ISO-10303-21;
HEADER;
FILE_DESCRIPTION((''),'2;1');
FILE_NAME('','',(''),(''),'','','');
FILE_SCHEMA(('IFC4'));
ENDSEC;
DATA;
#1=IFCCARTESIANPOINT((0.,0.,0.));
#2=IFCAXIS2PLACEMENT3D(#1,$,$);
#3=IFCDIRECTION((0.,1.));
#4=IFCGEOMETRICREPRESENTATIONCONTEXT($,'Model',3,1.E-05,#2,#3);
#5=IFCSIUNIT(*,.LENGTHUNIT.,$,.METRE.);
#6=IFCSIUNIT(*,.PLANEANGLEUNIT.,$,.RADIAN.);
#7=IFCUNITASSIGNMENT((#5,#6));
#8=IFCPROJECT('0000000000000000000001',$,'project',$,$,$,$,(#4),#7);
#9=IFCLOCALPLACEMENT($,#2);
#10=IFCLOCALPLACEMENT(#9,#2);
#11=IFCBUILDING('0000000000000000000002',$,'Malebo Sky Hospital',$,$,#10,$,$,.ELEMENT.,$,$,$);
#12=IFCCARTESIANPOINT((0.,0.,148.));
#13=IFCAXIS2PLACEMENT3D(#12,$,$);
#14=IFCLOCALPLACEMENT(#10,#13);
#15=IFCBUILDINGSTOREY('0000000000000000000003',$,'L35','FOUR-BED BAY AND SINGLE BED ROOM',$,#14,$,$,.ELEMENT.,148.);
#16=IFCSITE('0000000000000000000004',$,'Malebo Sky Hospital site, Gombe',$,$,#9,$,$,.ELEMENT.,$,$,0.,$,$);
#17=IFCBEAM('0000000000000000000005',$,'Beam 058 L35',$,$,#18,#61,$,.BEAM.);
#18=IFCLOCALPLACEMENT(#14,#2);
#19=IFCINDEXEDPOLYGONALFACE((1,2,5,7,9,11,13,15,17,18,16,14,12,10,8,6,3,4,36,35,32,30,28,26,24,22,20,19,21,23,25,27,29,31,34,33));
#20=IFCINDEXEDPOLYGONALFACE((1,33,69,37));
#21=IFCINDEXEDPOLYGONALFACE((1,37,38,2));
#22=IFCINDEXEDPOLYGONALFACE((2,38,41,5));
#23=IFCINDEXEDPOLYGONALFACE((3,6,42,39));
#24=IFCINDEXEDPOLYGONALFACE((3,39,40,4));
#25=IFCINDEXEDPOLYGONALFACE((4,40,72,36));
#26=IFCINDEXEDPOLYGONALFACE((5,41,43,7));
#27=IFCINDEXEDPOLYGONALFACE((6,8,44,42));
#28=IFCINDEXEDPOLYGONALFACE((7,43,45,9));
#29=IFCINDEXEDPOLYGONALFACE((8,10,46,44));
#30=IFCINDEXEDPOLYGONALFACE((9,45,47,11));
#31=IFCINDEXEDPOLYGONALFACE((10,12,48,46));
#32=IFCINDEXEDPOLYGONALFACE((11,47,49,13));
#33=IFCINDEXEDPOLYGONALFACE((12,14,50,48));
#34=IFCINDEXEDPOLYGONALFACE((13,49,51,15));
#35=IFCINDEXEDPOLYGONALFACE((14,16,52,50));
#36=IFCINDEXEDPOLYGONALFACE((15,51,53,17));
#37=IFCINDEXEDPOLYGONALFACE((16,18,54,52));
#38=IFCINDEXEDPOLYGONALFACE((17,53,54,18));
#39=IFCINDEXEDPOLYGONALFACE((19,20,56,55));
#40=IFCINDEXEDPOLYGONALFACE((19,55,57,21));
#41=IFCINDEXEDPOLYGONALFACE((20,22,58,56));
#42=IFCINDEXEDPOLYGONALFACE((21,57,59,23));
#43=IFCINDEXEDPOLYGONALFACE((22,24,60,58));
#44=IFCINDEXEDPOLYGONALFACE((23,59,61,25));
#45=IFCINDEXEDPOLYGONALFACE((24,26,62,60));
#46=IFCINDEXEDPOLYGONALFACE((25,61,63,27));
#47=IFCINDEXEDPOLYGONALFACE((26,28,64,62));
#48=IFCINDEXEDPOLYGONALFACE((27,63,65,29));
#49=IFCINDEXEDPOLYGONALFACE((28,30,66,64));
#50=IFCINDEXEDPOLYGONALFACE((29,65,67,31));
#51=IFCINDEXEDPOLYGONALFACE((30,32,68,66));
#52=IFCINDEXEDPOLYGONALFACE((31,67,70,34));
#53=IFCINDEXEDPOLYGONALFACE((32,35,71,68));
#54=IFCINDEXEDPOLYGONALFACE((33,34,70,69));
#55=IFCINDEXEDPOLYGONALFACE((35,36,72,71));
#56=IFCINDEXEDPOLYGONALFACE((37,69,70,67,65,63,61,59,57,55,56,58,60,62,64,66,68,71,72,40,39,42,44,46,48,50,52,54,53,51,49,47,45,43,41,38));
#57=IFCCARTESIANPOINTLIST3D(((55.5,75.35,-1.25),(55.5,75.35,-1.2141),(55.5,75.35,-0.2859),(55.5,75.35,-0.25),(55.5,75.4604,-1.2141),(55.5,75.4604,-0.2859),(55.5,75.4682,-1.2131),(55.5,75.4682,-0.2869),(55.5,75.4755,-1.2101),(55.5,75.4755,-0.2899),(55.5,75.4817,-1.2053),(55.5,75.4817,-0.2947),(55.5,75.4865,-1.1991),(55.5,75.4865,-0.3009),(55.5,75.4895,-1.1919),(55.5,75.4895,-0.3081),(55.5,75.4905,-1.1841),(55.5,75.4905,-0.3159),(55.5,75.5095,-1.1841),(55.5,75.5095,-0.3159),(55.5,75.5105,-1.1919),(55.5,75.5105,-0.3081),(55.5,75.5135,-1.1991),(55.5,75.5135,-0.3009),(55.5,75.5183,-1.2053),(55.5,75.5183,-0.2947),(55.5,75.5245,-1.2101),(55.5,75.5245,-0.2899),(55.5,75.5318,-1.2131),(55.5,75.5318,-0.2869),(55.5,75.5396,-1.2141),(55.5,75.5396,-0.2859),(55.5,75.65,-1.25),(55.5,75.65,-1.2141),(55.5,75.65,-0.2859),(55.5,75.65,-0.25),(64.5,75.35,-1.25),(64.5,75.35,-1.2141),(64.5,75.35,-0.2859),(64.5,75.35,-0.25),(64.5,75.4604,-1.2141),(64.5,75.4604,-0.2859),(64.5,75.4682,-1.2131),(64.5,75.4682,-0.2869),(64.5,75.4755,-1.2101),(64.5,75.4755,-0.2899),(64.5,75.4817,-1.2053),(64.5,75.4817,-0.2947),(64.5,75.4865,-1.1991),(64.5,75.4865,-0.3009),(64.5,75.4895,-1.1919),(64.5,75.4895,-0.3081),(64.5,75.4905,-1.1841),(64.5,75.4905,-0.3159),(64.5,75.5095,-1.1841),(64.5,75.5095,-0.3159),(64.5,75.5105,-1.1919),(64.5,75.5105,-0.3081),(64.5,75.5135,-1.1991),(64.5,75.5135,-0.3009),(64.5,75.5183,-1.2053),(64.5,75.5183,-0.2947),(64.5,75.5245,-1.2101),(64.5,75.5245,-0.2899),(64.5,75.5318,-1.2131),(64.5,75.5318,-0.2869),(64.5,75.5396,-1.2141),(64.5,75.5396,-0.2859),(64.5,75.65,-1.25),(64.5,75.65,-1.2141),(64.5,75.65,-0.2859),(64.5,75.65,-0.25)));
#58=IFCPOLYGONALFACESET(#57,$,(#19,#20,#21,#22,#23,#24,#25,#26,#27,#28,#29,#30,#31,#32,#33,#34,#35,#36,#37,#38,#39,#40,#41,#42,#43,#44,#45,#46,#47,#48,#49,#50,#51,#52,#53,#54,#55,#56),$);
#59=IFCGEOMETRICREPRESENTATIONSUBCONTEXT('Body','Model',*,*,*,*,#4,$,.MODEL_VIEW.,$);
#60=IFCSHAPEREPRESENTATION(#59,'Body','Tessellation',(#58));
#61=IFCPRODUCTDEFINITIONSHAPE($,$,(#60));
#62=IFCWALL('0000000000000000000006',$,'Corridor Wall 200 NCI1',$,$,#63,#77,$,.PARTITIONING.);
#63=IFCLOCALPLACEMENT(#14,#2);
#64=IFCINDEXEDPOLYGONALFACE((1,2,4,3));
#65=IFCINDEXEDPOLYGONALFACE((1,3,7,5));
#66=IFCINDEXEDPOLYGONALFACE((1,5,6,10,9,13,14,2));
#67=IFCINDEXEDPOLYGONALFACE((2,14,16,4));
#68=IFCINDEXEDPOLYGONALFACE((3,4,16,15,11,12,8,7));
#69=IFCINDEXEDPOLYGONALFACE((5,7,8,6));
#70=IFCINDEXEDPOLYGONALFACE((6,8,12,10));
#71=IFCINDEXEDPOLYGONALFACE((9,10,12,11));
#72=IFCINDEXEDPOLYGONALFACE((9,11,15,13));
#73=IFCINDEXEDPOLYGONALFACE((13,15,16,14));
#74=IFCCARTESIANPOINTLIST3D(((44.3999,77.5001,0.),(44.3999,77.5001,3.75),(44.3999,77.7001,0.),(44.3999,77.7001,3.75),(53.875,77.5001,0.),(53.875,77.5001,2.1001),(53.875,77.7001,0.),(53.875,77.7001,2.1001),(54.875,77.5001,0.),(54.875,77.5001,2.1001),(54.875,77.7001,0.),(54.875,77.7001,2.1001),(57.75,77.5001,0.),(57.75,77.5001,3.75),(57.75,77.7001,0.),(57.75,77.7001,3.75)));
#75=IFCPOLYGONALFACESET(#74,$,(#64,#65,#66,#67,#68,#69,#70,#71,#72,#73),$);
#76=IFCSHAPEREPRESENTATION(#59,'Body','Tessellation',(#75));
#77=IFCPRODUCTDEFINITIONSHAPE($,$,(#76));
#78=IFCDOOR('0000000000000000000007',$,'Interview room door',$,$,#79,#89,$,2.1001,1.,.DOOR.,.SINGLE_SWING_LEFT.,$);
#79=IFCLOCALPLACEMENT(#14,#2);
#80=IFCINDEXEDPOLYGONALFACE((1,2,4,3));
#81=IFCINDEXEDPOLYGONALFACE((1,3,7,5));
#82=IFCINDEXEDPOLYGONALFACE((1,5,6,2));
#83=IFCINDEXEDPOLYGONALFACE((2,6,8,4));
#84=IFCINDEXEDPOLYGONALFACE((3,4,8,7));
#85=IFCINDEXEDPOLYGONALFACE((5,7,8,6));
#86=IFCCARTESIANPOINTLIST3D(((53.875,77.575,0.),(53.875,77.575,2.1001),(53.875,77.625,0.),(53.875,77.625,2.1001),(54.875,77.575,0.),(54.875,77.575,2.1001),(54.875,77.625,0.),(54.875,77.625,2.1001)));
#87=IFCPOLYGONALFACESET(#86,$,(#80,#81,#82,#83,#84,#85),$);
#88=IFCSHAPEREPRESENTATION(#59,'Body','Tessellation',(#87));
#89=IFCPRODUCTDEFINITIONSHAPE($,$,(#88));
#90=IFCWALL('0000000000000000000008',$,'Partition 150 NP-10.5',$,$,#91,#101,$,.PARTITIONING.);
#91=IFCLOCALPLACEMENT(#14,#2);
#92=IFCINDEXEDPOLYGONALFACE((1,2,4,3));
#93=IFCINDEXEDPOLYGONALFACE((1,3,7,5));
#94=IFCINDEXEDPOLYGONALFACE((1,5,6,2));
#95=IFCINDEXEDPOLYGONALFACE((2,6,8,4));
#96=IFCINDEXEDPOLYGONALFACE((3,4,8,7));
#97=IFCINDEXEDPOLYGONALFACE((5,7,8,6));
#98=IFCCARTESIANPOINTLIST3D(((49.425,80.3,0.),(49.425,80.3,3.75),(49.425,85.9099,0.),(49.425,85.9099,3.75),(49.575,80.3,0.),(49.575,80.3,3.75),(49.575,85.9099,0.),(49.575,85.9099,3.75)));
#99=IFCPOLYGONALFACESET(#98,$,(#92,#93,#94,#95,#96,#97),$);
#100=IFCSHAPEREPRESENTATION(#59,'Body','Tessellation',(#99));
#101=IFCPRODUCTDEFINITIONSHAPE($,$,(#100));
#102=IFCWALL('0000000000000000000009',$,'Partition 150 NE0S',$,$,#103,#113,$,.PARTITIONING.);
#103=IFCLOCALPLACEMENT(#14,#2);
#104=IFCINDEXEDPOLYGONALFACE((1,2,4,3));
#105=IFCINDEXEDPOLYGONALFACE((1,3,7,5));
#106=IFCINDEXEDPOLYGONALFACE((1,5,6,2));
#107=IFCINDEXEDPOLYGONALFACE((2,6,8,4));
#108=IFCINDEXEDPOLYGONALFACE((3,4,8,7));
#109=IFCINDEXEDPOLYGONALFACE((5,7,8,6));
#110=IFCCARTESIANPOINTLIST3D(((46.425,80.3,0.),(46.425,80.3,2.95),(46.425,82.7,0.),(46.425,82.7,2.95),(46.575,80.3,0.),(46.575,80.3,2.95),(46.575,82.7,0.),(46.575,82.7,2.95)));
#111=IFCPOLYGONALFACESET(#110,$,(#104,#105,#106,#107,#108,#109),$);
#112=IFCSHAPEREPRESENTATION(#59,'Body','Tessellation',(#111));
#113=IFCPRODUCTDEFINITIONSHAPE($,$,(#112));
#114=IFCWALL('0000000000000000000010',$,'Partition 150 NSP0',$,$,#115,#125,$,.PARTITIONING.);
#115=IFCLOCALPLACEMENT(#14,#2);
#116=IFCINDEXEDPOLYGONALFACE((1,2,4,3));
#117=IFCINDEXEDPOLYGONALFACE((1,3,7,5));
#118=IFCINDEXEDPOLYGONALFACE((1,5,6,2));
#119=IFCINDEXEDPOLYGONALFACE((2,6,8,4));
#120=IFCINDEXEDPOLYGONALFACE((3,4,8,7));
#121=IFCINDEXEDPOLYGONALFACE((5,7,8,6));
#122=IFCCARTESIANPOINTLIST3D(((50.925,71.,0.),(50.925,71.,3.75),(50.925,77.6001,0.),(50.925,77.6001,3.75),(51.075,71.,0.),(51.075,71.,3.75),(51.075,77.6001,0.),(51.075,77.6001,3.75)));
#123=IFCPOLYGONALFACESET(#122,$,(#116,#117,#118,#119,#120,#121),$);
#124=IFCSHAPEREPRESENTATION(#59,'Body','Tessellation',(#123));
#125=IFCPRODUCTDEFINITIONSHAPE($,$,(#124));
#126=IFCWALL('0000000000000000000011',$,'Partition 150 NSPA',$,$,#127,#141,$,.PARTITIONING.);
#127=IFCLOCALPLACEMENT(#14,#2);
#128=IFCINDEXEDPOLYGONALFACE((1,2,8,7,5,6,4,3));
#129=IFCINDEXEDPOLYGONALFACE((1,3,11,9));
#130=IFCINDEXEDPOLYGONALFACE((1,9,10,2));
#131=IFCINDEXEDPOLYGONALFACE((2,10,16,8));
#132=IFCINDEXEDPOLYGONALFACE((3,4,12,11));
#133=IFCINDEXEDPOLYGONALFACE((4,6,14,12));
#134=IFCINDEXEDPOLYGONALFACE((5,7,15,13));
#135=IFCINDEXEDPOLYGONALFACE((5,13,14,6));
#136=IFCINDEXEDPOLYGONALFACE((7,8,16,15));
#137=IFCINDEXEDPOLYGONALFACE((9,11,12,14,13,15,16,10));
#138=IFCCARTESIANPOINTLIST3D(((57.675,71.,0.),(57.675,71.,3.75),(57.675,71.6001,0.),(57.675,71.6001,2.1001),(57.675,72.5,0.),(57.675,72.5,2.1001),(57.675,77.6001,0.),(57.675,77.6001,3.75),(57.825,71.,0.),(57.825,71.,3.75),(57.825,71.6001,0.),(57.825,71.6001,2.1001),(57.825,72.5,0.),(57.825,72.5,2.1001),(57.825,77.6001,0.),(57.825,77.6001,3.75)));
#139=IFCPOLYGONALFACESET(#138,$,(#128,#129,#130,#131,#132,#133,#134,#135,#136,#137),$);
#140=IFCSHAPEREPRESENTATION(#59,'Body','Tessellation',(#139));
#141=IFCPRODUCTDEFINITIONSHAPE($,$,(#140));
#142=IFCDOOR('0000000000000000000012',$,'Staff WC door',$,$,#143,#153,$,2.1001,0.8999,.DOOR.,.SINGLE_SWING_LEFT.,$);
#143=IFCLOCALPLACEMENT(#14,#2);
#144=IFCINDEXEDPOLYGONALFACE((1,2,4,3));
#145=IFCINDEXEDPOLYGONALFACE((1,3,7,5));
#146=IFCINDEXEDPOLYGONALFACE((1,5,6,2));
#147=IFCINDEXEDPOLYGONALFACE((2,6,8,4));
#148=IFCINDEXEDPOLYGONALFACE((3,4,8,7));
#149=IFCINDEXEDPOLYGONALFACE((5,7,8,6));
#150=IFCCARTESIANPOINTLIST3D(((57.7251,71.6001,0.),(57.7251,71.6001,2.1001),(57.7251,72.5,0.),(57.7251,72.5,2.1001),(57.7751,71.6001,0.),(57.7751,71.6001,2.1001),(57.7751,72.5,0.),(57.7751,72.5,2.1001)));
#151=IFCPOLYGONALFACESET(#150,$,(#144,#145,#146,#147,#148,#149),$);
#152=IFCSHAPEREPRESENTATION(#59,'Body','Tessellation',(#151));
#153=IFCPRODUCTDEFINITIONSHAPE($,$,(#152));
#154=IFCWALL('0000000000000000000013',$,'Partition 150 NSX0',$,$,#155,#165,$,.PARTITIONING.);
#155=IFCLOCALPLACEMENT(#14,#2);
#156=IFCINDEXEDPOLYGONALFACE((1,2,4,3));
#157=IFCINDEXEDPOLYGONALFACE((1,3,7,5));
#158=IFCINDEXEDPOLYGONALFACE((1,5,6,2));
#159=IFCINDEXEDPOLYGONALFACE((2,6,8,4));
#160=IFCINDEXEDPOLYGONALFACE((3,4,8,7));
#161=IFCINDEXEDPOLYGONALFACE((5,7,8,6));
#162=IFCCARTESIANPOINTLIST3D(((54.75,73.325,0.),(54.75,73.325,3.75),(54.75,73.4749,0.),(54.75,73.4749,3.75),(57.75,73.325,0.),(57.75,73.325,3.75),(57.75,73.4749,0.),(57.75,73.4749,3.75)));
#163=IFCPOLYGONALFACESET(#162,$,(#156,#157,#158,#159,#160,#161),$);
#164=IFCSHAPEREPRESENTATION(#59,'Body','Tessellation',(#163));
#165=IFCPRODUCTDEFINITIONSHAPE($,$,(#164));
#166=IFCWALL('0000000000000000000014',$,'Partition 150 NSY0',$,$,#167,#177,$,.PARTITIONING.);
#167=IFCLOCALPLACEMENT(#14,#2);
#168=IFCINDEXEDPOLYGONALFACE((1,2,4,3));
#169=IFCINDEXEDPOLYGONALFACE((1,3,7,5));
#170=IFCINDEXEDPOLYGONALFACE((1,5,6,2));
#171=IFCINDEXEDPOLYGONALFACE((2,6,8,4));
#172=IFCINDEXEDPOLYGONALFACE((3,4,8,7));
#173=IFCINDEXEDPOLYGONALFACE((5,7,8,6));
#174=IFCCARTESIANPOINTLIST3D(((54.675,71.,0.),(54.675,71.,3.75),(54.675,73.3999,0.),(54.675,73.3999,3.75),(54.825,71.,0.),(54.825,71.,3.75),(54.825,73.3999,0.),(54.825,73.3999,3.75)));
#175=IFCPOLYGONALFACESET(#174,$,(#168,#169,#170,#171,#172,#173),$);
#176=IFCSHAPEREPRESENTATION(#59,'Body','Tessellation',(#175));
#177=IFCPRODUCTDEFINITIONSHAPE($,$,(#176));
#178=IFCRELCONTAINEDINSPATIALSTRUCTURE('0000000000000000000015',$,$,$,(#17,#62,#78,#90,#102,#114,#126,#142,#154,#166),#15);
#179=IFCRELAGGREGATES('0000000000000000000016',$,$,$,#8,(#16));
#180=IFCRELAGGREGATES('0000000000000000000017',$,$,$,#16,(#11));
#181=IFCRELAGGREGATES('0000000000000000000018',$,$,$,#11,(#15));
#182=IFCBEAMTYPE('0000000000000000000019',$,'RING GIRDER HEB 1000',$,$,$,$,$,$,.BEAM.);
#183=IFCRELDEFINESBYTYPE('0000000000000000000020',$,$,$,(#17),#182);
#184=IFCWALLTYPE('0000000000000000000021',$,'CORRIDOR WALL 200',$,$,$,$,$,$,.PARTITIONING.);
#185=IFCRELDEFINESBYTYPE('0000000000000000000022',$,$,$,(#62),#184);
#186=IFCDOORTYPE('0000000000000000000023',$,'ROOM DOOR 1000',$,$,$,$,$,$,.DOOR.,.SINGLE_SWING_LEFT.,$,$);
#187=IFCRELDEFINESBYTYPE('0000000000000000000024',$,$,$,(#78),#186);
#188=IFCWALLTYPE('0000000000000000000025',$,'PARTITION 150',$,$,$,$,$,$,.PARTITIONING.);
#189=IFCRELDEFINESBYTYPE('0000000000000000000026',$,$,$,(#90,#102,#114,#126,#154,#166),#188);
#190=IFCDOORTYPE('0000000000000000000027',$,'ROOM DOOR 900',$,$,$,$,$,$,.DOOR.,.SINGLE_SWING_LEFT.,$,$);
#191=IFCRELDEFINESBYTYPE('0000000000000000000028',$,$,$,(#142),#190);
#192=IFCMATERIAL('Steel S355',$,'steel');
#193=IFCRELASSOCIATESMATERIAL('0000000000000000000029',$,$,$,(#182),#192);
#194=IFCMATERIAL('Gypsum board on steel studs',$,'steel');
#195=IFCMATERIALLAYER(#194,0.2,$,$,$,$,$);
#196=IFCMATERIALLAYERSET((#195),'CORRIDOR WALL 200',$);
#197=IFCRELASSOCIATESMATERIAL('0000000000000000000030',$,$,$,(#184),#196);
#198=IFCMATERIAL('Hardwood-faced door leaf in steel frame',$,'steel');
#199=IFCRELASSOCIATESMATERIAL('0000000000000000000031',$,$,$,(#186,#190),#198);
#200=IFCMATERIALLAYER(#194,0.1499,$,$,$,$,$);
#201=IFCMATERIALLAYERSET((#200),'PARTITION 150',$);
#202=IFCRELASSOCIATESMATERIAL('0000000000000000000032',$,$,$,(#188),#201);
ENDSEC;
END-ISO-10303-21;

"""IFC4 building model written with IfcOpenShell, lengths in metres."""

from ifc_helpers import new_model, si_unit, direction, frame, frame_2d, origin, origin_2d, place, context, subcontext, project, spatial, rectangle, i_section, extrude, material, layer, layer_set, material_profile, profile_set, type_object, element, fill, save


model = new_model("IFC4")

# Units and contexts
model_context = context("Model", 3, precision=1e-05, world=origin(), true_north=direction((0.0, 1.0)))
body_context = subcontext(model_context, "Body", "Model", "MODEL_VIEW")
ifc_project = project(units=[si_unit("LENGTHUNIT", "METRE"), si_unit("PLANEANGLEUNIT", "RADIAN")], contexts=[model_context])

# Site, building, storey
site_placement = place(None, origin())
site = spatial("IfcSite", under=ifc_project, at=site_placement, Name="Malebo Sky Hospital site, Gombe", CompositionType="ELEMENT", RefElevation=0.0)
building_placement = place(site_placement, origin())
building = spatial("IfcBuilding", under=site, at=building_placement, Name="Malebo Sky Hospital", CompositionType="ELEMENT")
storey_placement = place(building_placement, frame((0.0, 0.0, 148.0)))
storey = spatial("IfcBuildingStorey", under=building, at=storey_placement, Name="L35", Description="FOUR-BED BAY AND SINGLE BED ROOM", CompositionType="ELEMENT", Elevation=148.0)

# Beam
ifc_material_1 = material(Name="Steel S355", Category="steel")
ifc_material_profile_1 = material_profile(ifc_material_1, i_section(OverallWidth=0.3, OverallDepth=1.0, WebThickness=0.019, FlangeThickness=0.0359, FilletRadius=0.03, at=origin_2d()), Name="HEB 1000")
ifc_profile_set_1 = profile_set([ifc_material_profile_1], Name="Steel S355")
beam_type_1 = type_object("IfcBeamType", Name="RING GIRDER HEB 1000", PredefinedType="BEAM", material=ifc_profile_set_1)
beam_1_placement = place(storey_placement, frame((55.5, 75.5, -0.75), z_axis=(1.0, 0.0, 0.0), x_axis=(0.0, 1.0, 0.0)))
element("IfcBeam", 1, at=beam_1_placement, inside=storey, type_object=beam_type_1, Name="Beam 058 L35", PredefinedType="BEAM", context=body_context, shape_type="SweptSolid", body=[
    extrude(i_section(OverallWidth=0.3, OverallDepth=1.0, WebThickness=0.019, FlangeThickness=0.0359, FilletRadius=0.03, at=origin_2d()), origin(), (0.0, 0.0, 1.0), 9.0),
])

# Wall, opening, door
ifc_material_2 = material(Name="Gypsum board on steel studs", Category="steel")
ifc_layer_1 = layer(ifc_material_2, 0.2)
ifc_layer_set_1 = layer_set([ifc_layer_1], Name="CORRIDOR WALL 200")
wall_type_1 = type_object("IfcWallType", Name="CORRIDOR WALL 200", PredefinedType="PARTITIONING", material=ifc_layer_set_1)
wall_1_placement = place(storey_placement, frame((44.3999, 77.6001, 0.0), z_axis=(0.0, 0.0, 1.0), x_axis=(1.0, 0.0, 0.0)))
wall_1 = element("IfcWall", 2, at=wall_1_placement, inside=storey, type_object=wall_type_1, Name="Corridor Wall 200 NCI1", PredefinedType="PARTITIONING", context=body_context, shape_type="SweptSolid", body=[
    extrude(rectangle(XDim=13.3501, YDim=0.2, at=frame_2d((6.675, 0.0))), origin(), (0.0, 0.0, 1.0), 3.75),
])
opening_1_placement = place(wall_1_placement, frame((9.4751, 0.0, 0.0)))
opening_1 = element("IfcOpeningElement", 3, at=opening_1_placement, cuts=wall_1, PredefinedType="OPENING", context=body_context, shape_type="SweptSolid", body=[
    extrude(rectangle(XDim=1.0, YDim=2.1001, at=frame_2d((0.5, 1.05))), frame((0.0, 0.1099, 0.0), z_axis=(0.0, -1.0, 0.0), x_axis=(1.0, 0.0, 0.0)), (0.0, 0.0, 1.0), 0.22),
])
ifc_material_3 = material(Name="Hardwood-faced door leaf in steel frame", Category="steel")
door_type_1 = type_object("IfcDoorType", Name="ROOM DOOR 1000", OperationType="SINGLE_SWING_LEFT", PredefinedType="DOOR", material=ifc_material_3)
door_1_placement = place(opening_1_placement, origin())
door_1 = element("IfcDoor", 4, at=door_1_placement, inside=storey, type_object=door_type_1, Name="Interview room door", OperationType="SINGLE_SWING_LEFT", OverallHeight=2.1001, OverallWidth=1.0, PredefinedType="DOOR", context=body_context, shape_type="SweptSolid", body=[
    extrude(rectangle(XDim=1.0, YDim=2.1001, at=frame_2d((0.5, 1.05))), frame((0.0, 0.0249, 0.0), z_axis=(0.0, -1.0, 0.0), x_axis=(1.0, 0.0, 0.0)), (0.0, 0.0, 1.0), 0.05),
])
fill(opening_1, door_1)

# Walls
ifc_layer_2 = layer(ifc_material_2, 0.1499)
ifc_layer_set_2 = layer_set([ifc_layer_2], Name="PARTITION 150")
wall_type_2 = type_object("IfcWallType", Name="PARTITION 150", PredefinedType="PARTITIONING", material=ifc_layer_set_2)
wall_2_placement = place(storey_placement, frame((49.5, 80.3, 0.0), z_axis=(0.0, 0.0, 1.0), x_axis=(0.0, 1.0, 0.0)))
element("IfcWall", 5, at=wall_2_placement, inside=storey, type_object=wall_type_2, Name="Partition 150 NP-10.5", PredefinedType="PARTITIONING", context=body_context, shape_type="SweptSolid", body=[
    extrude(rectangle(XDim=5.6099, YDim=0.1499, at=frame_2d((2.8049, 0.0))), origin(), (0.0, 0.0, 1.0), 3.75),
])
wall_3_placement = place(storey_placement, frame((46.5, 80.3, 0.0), z_axis=(0.0, 0.0, 1.0), x_axis=(0.0, 1.0, 0.0)))
element("IfcWall", 6, at=wall_3_placement, inside=storey, type_object=wall_type_2, Name="Partition 150 NE0S", PredefinedType="PARTITIONING", context=body_context, shape_type="SweptSolid", body=[
    extrude(rectangle(XDim=2.3999, YDim=0.1499, at=frame_2d((1.2, 0.0))), origin(), (0.0, 0.0, 1.0), 2.95),
])
wall_4_placement = place(storey_placement, frame((51.0, 71.0, 0.0), z_axis=(0.0, 0.0, 1.0), x_axis=(0.0, 1.0, 0.0)))
element("IfcWall", 7, at=wall_4_placement, inside=storey, type_object=wall_type_2, Name="Partition 150 NSP0", PredefinedType="PARTITIONING", context=body_context, shape_type="SweptSolid", body=[
    extrude(rectangle(XDim=6.6001, YDim=0.1499, at=frame_2d((3.3, 0.0))), origin(), (0.0, 0.0, 1.0), 3.75),
])

# Wall, opening, door
wall_5_placement = place(storey_placement, frame((57.75, 71.0, 0.0), z_axis=(0.0, 0.0, 1.0), x_axis=(0.0, 1.0, 0.0)))
wall_5 = element("IfcWall", 8, at=wall_5_placement, inside=storey, type_object=wall_type_2, Name="Partition 150 NSPA", PredefinedType="PARTITIONING", context=body_context, shape_type="SweptSolid", body=[
    extrude(rectangle(XDim=6.6001, YDim=0.1499, at=frame_2d((3.3, 0.0))), origin(), (0.0, 0.0, 1.0), 3.75),
])
opening_2_placement = place(wall_5_placement, frame((0.6001, 0.0, 0.0)))
opening_2 = element("IfcOpeningElement", 9, at=opening_2_placement, cuts=wall_5, PredefinedType="OPENING", context=body_context, shape_type="SweptSolid", body=[
    extrude(rectangle(XDim=0.8999, YDim=2.1001, at=frame_2d((0.45, 1.05))), frame((0.0, 0.085, 0.0), z_axis=(0.0, -1.0, 0.0), x_axis=(1.0, 0.0, 0.0)), (0.0, 0.0, 1.0), 0.1699),
])
door_type_2 = type_object("IfcDoorType", Name="ROOM DOOR 900", OperationType="SINGLE_SWING_LEFT", PredefinedType="DOOR", material=ifc_material_3)
door_2_placement = place(opening_2_placement, origin())
door_2 = element("IfcDoor", 10, at=door_2_placement, inside=storey, type_object=door_type_2, Name="Staff WC door", OperationType="SINGLE_SWING_LEFT", OverallHeight=2.1001, OverallWidth=0.8999, PredefinedType="DOOR", context=body_context, shape_type="SweptSolid", body=[
    extrude(rectangle(XDim=0.8999, YDim=2.1001, at=frame_2d((0.45, 1.05))), frame((0.0, 0.0249, 0.0), z_axis=(0.0, -1.0, 0.0), x_axis=(1.0, 0.0, 0.0)), (0.0, 0.0, 1.0), 0.05),
])
fill(opening_2, door_2)

# Walls
wall_6_placement = place(storey_placement, frame((54.75, 73.3999, 0.0), z_axis=(0.0, 0.0, 1.0), x_axis=(1.0, 0.0, 0.0)))
element("IfcWall", 11, at=wall_6_placement, inside=storey, type_object=wall_type_2, Name="Partition 150 NSX0", PredefinedType="PARTITIONING", context=body_context, shape_type="SweptSolid", body=[
    extrude(rectangle(XDim=3.0, YDim=0.1499, at=frame_2d((1.5, 0.0))), origin(), (0.0, 0.0, 1.0), 3.75),
])
wall_7_placement = place(storey_placement, frame((54.75, 71.0, 0.0), z_axis=(0.0, 0.0, 1.0), x_axis=(0.0, 1.0, 0.0)))
element("IfcWall", 12, at=wall_7_placement, inside=storey, type_object=wall_type_2, Name="Partition 150 NSY0", PredefinedType="PARTITIONING", context=body_context, shape_type="SweptSolid", body=[
    extrude(rectangle(XDim=2.3999, YDim=0.1499, at=frame_2d((1.2, 0.0))), origin(), (0.0, 0.0, 1.0), 3.75),
])

save(model, "model.ifc")
